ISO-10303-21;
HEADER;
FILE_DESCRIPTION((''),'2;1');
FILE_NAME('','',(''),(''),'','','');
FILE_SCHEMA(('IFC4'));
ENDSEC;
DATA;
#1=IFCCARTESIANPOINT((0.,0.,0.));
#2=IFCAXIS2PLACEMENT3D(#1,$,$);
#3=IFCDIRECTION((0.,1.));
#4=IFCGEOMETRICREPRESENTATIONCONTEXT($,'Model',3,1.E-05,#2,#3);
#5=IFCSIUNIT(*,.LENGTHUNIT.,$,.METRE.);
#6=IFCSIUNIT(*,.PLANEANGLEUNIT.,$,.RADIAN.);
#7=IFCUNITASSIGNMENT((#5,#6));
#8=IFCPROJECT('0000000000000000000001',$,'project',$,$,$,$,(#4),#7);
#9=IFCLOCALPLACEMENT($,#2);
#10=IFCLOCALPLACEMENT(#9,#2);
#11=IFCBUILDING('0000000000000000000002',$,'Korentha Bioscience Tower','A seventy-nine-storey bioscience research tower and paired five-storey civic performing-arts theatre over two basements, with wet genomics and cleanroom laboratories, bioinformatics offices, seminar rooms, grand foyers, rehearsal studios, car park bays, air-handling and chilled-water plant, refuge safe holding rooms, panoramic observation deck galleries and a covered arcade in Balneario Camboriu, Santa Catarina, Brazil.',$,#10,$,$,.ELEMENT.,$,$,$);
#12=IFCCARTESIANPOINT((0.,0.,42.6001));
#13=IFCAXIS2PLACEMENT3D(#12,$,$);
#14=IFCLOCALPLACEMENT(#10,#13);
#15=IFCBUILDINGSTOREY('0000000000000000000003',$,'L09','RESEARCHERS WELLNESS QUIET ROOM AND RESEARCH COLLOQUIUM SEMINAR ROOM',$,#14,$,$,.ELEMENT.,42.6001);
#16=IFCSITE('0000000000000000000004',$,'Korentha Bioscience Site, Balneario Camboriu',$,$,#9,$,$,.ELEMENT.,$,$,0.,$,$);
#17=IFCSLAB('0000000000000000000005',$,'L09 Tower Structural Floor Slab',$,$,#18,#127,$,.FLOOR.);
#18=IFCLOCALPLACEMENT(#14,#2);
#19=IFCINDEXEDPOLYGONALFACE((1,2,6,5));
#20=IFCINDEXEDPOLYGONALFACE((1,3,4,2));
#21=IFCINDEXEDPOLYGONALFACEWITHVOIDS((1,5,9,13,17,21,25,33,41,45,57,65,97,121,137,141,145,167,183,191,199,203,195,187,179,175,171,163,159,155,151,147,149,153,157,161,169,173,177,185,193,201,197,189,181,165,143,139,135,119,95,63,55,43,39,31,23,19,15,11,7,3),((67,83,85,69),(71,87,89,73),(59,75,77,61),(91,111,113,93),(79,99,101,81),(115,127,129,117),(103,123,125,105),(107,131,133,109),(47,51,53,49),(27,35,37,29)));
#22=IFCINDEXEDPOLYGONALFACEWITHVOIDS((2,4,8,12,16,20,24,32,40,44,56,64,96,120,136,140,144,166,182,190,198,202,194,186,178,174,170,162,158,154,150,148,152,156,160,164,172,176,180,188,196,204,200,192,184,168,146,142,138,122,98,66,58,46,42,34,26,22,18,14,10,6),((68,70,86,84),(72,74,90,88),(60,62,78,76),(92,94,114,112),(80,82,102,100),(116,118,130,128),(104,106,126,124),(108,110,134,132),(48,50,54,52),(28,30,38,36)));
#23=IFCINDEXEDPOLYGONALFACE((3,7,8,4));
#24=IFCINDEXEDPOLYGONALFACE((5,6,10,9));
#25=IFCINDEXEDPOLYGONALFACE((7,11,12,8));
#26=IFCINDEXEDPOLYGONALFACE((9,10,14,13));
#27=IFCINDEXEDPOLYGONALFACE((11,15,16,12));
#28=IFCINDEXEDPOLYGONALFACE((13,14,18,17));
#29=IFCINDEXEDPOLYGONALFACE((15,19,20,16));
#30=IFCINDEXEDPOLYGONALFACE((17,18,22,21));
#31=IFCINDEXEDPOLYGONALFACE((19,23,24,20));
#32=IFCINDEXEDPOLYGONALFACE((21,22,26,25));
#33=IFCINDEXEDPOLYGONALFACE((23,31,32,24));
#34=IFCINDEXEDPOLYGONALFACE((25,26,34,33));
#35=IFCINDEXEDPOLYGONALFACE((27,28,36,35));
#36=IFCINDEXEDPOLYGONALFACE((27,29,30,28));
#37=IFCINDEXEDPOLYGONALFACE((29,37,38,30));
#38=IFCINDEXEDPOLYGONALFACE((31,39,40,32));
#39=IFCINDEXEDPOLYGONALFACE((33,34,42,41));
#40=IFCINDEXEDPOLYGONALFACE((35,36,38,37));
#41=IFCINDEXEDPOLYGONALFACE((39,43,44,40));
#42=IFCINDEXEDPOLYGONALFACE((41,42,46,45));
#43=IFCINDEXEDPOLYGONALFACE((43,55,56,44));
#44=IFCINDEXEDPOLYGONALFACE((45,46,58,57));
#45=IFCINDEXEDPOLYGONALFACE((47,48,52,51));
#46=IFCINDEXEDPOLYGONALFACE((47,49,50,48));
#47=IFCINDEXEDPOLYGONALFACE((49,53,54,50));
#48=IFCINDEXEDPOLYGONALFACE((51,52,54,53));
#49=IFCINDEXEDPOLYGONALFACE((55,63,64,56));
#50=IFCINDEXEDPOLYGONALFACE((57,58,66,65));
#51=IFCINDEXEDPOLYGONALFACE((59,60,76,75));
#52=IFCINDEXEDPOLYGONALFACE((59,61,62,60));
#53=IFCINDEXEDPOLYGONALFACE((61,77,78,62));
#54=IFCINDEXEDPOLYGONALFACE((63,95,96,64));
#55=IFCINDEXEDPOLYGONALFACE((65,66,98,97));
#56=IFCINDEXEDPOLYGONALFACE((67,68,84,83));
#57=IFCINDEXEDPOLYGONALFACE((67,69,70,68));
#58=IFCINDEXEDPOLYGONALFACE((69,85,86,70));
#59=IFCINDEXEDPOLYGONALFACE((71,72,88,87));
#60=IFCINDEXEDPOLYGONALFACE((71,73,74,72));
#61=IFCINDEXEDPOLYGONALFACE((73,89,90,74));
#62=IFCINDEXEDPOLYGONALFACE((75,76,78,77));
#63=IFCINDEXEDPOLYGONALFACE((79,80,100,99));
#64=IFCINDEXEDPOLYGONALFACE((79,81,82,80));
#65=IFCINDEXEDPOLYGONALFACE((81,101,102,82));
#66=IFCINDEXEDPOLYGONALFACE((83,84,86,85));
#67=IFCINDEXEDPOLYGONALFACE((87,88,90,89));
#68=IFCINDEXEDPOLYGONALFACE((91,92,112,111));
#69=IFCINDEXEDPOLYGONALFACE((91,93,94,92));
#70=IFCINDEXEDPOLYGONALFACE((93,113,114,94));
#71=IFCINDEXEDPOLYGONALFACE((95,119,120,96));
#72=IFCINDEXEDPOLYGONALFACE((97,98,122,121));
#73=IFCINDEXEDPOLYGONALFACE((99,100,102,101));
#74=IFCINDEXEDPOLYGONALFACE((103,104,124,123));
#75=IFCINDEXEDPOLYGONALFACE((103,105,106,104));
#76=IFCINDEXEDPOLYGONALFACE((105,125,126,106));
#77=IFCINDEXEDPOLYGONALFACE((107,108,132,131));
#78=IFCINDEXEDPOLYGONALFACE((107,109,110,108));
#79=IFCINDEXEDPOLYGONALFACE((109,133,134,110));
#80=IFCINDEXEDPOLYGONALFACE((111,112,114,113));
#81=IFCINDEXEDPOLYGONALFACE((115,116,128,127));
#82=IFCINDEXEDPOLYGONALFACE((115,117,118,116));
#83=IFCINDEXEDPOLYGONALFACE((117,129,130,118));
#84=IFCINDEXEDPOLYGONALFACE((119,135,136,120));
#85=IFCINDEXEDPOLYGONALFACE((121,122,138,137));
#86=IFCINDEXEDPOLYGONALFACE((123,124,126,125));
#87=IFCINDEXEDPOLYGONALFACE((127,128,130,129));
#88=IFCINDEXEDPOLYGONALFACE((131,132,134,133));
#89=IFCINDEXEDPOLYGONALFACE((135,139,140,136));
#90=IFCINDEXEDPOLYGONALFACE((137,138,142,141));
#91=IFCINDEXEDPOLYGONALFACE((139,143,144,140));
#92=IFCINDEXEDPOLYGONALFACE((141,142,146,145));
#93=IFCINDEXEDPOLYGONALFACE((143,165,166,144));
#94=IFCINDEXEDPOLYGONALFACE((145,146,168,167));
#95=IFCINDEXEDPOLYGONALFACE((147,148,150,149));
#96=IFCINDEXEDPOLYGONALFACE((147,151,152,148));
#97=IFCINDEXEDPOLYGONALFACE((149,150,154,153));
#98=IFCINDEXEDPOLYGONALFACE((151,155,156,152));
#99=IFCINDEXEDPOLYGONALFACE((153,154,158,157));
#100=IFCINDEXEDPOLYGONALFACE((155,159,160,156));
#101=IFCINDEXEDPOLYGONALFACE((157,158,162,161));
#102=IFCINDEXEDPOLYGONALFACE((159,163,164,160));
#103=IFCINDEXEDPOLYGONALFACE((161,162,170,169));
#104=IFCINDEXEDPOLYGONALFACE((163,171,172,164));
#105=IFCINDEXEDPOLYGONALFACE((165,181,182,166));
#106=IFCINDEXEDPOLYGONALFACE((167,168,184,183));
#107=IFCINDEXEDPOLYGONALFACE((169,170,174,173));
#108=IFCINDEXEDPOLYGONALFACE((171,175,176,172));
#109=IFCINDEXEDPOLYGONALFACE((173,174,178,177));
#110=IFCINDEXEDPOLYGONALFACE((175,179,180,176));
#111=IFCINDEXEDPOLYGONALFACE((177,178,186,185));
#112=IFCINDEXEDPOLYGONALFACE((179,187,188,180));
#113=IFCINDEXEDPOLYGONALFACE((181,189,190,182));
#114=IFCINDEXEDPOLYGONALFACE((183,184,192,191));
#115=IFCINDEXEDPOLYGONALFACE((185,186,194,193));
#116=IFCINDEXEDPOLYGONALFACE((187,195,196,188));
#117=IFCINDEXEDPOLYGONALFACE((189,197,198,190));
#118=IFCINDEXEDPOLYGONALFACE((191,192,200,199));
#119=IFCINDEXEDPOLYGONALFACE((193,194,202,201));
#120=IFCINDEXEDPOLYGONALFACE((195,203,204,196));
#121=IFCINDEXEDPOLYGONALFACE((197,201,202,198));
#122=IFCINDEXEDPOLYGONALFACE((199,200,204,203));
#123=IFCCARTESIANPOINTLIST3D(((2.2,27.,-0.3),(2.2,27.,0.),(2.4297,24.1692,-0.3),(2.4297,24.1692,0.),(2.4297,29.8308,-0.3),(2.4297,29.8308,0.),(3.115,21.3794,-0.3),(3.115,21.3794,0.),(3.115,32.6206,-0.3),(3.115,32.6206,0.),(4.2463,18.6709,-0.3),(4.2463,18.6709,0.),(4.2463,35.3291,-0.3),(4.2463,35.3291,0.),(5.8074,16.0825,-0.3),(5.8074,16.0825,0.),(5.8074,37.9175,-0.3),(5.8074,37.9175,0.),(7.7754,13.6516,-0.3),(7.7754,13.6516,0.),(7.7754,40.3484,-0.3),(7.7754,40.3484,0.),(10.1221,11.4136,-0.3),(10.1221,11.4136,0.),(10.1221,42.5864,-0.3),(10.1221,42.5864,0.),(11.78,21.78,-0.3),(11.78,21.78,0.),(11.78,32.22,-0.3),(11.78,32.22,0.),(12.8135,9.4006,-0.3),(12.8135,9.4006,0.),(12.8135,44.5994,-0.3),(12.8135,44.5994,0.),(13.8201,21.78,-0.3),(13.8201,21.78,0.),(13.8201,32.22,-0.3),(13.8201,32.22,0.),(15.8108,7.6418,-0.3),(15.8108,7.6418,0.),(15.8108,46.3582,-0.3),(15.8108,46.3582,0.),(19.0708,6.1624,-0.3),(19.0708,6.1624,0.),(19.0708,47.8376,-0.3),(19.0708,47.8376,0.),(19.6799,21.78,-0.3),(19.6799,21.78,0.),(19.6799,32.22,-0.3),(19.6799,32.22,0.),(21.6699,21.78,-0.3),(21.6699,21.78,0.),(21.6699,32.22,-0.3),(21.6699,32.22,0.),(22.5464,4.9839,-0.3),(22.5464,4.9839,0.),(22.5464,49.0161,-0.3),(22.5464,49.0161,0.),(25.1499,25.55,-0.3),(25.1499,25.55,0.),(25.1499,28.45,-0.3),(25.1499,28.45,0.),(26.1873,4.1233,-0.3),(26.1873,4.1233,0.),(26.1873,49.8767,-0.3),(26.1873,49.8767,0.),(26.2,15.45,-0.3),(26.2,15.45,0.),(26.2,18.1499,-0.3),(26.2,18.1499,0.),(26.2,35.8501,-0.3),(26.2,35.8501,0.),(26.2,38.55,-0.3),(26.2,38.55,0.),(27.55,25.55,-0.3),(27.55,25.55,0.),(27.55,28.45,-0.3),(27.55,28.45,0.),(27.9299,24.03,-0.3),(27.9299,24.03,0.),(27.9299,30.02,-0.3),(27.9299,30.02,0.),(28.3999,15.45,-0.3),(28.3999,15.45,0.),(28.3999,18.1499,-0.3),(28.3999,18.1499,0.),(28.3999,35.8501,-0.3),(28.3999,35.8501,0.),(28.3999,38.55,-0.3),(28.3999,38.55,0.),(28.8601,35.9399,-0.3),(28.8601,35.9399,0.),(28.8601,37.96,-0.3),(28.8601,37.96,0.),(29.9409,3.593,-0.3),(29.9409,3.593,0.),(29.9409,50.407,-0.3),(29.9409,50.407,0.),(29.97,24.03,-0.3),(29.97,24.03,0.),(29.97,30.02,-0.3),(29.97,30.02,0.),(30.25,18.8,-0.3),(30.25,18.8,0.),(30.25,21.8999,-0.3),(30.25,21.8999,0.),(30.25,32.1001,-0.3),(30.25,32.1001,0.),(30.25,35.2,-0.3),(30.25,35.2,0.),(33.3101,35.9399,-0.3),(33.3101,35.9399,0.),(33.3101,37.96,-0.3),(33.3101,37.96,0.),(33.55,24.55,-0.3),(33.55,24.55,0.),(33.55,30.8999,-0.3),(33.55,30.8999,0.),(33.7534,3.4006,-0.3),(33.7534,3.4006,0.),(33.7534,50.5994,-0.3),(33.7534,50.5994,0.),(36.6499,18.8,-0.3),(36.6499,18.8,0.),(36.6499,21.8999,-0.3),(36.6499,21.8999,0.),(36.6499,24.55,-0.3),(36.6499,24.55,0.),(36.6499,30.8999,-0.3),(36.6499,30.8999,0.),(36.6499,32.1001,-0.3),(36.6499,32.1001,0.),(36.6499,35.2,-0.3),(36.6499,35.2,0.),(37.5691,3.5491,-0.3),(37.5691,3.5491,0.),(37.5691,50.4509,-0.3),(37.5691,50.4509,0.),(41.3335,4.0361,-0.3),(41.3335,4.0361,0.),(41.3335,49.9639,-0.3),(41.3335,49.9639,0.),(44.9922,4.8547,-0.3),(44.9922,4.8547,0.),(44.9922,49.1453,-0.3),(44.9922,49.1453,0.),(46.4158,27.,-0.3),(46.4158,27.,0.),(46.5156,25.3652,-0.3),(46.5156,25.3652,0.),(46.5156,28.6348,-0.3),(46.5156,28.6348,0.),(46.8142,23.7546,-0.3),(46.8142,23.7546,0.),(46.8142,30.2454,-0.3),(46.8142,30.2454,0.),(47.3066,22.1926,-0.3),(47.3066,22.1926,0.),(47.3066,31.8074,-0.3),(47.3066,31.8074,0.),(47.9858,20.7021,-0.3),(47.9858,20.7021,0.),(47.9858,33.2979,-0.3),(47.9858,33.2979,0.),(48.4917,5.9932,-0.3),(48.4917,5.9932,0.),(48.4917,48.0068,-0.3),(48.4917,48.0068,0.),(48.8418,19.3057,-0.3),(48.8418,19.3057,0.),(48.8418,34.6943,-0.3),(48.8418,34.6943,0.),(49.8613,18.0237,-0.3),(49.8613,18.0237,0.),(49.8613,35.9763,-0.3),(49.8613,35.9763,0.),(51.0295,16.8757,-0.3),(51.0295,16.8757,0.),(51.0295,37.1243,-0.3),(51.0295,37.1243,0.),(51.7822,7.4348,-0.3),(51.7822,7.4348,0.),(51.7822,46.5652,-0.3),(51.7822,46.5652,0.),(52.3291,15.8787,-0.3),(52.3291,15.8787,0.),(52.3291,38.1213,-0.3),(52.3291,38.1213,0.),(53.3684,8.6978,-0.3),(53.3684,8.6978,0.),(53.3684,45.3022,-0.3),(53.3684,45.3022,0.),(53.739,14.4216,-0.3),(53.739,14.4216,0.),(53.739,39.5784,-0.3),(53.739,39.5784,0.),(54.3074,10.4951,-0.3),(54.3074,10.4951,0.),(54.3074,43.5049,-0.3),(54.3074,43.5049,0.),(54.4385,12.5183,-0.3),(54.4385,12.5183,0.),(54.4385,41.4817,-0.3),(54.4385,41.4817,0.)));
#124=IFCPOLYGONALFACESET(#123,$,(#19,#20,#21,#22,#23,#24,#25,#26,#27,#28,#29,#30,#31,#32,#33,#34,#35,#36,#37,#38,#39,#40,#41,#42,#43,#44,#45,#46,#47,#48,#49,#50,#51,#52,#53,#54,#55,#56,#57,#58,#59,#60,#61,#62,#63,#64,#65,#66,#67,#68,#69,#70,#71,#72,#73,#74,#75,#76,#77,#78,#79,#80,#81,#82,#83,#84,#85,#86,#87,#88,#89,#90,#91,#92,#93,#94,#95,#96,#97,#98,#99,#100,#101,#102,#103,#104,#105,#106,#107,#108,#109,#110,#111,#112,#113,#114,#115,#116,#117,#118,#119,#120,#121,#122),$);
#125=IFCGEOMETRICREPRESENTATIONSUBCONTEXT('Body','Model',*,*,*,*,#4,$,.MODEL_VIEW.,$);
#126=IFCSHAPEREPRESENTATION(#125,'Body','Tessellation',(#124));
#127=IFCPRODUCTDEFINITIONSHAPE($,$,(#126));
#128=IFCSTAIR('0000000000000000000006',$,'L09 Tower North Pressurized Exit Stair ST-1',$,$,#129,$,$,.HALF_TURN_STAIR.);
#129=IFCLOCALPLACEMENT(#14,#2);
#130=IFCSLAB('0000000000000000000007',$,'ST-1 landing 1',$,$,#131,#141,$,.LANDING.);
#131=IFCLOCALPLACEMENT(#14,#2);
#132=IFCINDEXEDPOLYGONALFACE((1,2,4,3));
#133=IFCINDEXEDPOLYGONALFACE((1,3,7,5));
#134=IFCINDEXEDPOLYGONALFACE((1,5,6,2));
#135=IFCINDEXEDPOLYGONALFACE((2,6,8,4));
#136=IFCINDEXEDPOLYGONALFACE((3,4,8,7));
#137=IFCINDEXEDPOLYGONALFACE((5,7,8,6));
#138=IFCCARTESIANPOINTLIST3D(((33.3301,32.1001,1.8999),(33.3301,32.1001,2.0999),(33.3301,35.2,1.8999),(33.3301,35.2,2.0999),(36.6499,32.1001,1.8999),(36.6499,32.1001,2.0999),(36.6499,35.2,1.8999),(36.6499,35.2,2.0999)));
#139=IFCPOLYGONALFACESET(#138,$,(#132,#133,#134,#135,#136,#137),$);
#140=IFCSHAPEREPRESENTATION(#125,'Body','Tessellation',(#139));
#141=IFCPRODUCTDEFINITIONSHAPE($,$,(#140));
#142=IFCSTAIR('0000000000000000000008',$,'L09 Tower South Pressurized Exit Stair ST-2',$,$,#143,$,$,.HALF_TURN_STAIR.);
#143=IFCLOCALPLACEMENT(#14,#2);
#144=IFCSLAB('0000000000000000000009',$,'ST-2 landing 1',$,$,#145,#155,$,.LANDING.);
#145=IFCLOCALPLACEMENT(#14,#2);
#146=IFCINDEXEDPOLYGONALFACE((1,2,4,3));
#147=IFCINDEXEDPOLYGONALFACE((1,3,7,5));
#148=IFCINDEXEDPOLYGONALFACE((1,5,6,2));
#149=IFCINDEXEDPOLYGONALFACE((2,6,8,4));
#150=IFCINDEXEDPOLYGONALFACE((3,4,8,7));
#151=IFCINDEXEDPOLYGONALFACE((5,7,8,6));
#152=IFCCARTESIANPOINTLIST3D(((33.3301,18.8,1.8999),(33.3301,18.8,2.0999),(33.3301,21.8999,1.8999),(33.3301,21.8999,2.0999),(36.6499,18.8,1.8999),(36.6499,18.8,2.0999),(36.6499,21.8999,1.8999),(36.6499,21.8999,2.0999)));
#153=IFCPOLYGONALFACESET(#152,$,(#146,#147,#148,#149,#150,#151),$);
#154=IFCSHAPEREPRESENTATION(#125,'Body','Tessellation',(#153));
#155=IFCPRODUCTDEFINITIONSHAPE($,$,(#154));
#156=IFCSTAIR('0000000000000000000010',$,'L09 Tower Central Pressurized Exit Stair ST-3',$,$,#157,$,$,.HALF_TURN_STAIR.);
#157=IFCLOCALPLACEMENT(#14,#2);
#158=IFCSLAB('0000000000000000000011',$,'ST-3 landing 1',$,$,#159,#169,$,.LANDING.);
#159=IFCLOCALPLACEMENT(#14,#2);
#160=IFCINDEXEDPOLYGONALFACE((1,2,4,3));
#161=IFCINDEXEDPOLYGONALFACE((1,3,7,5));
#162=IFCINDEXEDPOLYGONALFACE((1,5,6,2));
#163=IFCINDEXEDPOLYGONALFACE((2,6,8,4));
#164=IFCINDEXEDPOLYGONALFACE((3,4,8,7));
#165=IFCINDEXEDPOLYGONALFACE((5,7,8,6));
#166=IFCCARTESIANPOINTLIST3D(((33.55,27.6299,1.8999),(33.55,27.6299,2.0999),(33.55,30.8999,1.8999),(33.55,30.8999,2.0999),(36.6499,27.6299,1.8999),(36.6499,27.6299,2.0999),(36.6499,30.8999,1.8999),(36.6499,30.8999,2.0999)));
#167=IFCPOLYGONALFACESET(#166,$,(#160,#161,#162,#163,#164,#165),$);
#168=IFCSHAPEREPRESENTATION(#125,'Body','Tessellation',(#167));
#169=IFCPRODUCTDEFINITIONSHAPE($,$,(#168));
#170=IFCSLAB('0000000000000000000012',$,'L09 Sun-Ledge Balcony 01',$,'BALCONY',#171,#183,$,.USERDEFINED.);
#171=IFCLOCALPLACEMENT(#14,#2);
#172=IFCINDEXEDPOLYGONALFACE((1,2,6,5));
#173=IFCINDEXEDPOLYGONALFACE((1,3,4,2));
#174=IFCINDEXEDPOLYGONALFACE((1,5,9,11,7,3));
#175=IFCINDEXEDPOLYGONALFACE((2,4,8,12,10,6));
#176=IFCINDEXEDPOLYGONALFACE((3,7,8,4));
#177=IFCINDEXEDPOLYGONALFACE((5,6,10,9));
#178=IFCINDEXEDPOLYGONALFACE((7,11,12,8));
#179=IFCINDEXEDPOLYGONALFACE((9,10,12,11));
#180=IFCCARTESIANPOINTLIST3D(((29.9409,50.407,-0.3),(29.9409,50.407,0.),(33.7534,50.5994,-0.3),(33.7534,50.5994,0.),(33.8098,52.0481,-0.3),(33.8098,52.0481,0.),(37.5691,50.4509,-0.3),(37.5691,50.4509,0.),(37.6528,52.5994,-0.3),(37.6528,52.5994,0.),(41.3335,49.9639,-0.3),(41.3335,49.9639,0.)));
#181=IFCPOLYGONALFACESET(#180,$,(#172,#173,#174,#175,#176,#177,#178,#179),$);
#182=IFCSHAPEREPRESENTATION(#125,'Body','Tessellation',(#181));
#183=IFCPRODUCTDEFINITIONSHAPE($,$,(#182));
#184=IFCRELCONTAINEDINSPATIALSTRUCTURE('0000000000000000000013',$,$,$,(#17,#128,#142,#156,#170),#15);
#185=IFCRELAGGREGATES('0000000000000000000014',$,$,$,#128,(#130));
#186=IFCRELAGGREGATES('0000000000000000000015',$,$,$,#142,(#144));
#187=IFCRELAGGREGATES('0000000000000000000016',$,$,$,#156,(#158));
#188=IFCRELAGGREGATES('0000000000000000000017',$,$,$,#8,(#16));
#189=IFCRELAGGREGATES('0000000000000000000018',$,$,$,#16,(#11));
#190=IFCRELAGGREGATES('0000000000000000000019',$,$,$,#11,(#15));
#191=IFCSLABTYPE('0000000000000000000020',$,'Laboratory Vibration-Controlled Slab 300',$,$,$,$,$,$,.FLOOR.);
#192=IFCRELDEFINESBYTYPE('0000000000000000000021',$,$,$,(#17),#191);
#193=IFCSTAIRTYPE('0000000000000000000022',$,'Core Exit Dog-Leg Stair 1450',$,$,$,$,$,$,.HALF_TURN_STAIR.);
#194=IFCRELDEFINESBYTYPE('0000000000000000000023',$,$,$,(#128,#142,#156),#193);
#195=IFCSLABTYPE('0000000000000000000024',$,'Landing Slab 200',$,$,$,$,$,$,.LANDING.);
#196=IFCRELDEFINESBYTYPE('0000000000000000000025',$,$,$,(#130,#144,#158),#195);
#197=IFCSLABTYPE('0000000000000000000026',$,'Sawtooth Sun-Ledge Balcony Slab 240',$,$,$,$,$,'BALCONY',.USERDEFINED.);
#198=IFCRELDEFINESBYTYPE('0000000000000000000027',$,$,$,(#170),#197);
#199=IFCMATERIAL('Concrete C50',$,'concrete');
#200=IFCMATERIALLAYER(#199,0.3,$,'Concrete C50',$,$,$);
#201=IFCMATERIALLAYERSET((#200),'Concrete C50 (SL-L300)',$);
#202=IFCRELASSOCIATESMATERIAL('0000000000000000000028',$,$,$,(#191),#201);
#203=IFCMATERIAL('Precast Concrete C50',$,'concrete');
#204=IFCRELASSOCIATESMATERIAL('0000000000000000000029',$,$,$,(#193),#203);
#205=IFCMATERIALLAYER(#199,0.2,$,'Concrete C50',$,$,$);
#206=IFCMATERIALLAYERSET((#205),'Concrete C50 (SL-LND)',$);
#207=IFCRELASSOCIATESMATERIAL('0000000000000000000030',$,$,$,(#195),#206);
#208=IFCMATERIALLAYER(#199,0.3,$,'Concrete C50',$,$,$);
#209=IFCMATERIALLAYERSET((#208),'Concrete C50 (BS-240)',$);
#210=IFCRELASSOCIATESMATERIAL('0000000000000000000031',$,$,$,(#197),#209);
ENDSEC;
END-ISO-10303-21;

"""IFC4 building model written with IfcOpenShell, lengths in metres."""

from ifc_helpers import new_model, si_unit, direction, frame, origin, place, context, subcontext, project, spatial, polyline, outline, extrude, material, layer, layer_set, type_object, element, aggregate, save


model = new_model("IFC4")

# Units and contexts
model_context = context("Model", 3, precision=1e-05, world=origin(), true_north=direction((0.0, 1.0)))
body_context = subcontext(model_context, "Body", "Model", "MODEL_VIEW")
ifc_project = project(units=[si_unit("LENGTHUNIT", "METRE"), si_unit("PLANEANGLEUNIT", "RADIAN")], contexts=[model_context])

# Site, building, storey
site_placement = place(None, origin())
site = spatial("IfcSite", under=ifc_project, at=site_placement, Name="Korentha Bioscience Site, Balneario Camboriu", CompositionType="ELEMENT", RefElevation=0.0)
building_placement = place(site_placement, origin())
building = spatial("IfcBuilding", under=site, at=building_placement, Name="Korentha Bioscience Tower", Description="A seventy-nine-storey bioscience research tower and paired five-storey civic performing-arts theatre over two basements, with wet genomics and cleanroom laboratories, bioinformatics offices, seminar rooms, grand foyers, rehearsal studios, car park bays, air-handling and chilled-water plant, refuge safe holding rooms, panoramic observation deck galleries and a covered arcade in Balneario Camboriu, Santa Catarina, Brazil.", CompositionType="ELEMENT")
storey_placement = place(building_placement, frame((0.0, 0.0, 42.6001)))
storey = spatial("IfcBuildingStorey", under=building, at=storey_placement, Name="L09", Description="RESEARCHERS WELLNESS QUIET ROOM AND RESEARCH COLLOQUIUM SEMINAR ROOM", CompositionType="ELEMENT", Elevation=42.6001)

# Slab
ifc_material_1 = material(Name="Concrete C50", Category="concrete")
ifc_layer_1 = layer(ifc_material_1, 0.3, Name="Concrete C50")
ifc_layer_set_1 = layer_set([ifc_layer_1], Name="Concrete C50 (SL-L300)")
slab_type_1 = type_object("IfcSlabType", Name="Laboratory Vibration-Controlled Slab 300", PredefinedType="FLOOR", material=ifc_layer_set_1)
slab_1_placement = place(storey_placement, frame((0.0, 0.0, -0.3)))
element("IfcSlab", 1, at=slab_1_placement, inside=storey, type_object=slab_type_1, Name="L09 Tower Structural Floor Slab", PredefinedType="FLOOR", context=body_context, shape_type="SweptSolid", body=[
    extrude(outline(polyline([(51.7822, 46.5652), (48.4917, 48.0068), (44.9922, 49.1453), (41.3335, 49.9639), (37.5691, 50.4509), (33.7534, 50.5994), (29.9409, 50.407), (26.1873, 49.8767), (22.5464, 49.0161), (19.0708, 47.8376), (15.8108, 46.3582), (12.8135, 44.5994), (10.1221, 42.5864), (7.7754, 40.3484), (5.8074, 37.9175), (4.2463, 35.3291), (3.115, 32.6206), (2.4297, 29.8308), (2.2, 27.0), (2.4297, 24.1692), (3.115, 21.3794), (4.2463, 18.6709), (5.8074, 16.0825), (7.7754, 13.6516), (10.1221, 11.4136), (12.8135, 9.4006), (15.8108, 7.6418), (19.0708, 6.1624), (22.5464, 4.9839), (26.1873, 4.1233), (29.9409, 3.593), (33.7534, 3.4006), (37.5691, 3.5491), (41.3335, 4.0361), (44.9922, 4.8547), (48.4917, 5.9932), (51.7822, 7.4348), (53.3684, 8.6978), (54.3074, 10.4951), (54.4385, 12.5183), (53.739, 14.4216), (52.3291, 15.8787), (51.0295, 16.8757), (49.8613, 18.0237), (48.8418, 19.3057), (47.9858, 20.7021), (47.3066, 22.1926), (46.8142, 23.7546), (46.5156, 25.3652), (46.4158, 27.0), (46.5156, 28.6348), (46.8142, 30.2454), (47.3066, 31.8074), (47.9858, 33.2979), (48.8418, 34.6943), (49.8613, 35.9763), (51.0295, 37.1243), (52.3291, 38.1213), (53.739, 39.5784), (54.4385, 41.4817), (54.3074, 43.5049), (53.3684, 45.3022), (51.7822, 46.5652)]), holes=[polyline([(30.25, 32.1001), (36.6499, 32.1001), (36.6499, 35.2), (30.25, 35.2), (30.25, 32.1001)]), polyline([(30.25, 18.8), (36.6499, 18.8), (36.6499, 21.8999), (30.25, 21.8999), (30.25, 18.8)]), polyline([(36.6499, 24.55), (36.6499, 30.8999), (33.55, 30.8999), (33.55, 24.55), (36.6499, 24.55)]), polyline([(11.78, 21.78), (13.8201, 21.78), (13.8201, 32.22), (11.78, 32.22), (11.78, 21.78)]), polyline([(19.6799, 21.78), (21.6699, 21.78), (21.6699, 32.22), (19.6799, 32.22), (19.6799, 21.78)]), polyline([(27.9299, 24.03), (29.97, 24.03), (29.97, 30.02), (27.9299, 30.02), (27.9299, 24.03)]), polyline([(28.8601, 35.9399), (33.3101, 35.9399), (33.3101, 37.96), (28.8601, 37.96), (28.8601, 35.9399)]), polyline([(26.2, 15.45), (28.3999, 15.45), (28.3999, 18.1499), (26.2, 18.1499), (26.2, 15.45)]), polyline([(26.2, 35.8501), (28.3999, 35.8501), (28.3999, 38.55), (26.2, 38.55), (26.2, 35.8501)]), polyline([(25.1499, 25.55), (27.55, 25.55), (27.55, 28.45), (25.1499, 28.45), (25.1499, 25.55)])]), origin(), (0.0, 0.0, 1.0), 0.3),
])

# Stairs, slabs
ifc_material_2 = material(Name="Precast Concrete C50", Category="concrete")
stair_type = type_object("IfcStairType", Name="Core Exit Dog-Leg Stair 1450", PredefinedType="HALF_TURN_STAIR", material=ifc_material_2)
stair_1_placement = place(storey_placement, origin())
stair_1 = element("IfcStair", 2, at=stair_1_placement, inside=storey, type_object=stair_type, Name="L09 Tower North Pressurized Exit Stair ST-1", PredefinedType="HALF_TURN_STAIR")
ifc_layer_2 = layer(ifc_material_1, 0.2, Name="Concrete C50")
ifc_layer_set_2 = layer_set([ifc_layer_2], Name="Concrete C50 (SL-LND)")
slab_type_2 = type_object("IfcSlabType", Name="Landing Slab 200", PredefinedType="LANDING", material=ifc_layer_set_2)
slab_2_placement = place(storey_placement, frame((0.0, 0.0, 1.8999)))
slab_2 = element("IfcSlab", 3, at=slab_2_placement, type_object=slab_type_2, Name="ST-1 landing 1", PredefinedType="LANDING", context=body_context, shape_type="SweptSolid", body=[
    extrude(outline(polyline([(33.3301, 32.1001), (36.6499, 32.1001), (36.6499, 35.2), (33.3301, 35.2), (33.3301, 32.1001)])), origin(), (0.0, 0.0, 1.0), 0.2),
])
aggregate(stair_1, [slab_2])
stair_2_placement = place(storey_placement, origin())
stair_2 = element("IfcStair", 4, at=stair_2_placement, inside=storey, type_object=stair_type, Name="L09 Tower South Pressurized Exit Stair ST-2", PredefinedType="HALF_TURN_STAIR")
slab_3_placement = place(storey_placement, frame((0.0, 0.0, 1.8999)))
slab_3 = element("IfcSlab", 5, at=slab_3_placement, type_object=slab_type_2, Name="ST-2 landing 1", PredefinedType="LANDING", context=body_context, shape_type="SweptSolid", body=[
    extrude(outline(polyline([(33.3301, 18.8), (36.6499, 18.8), (36.6499, 21.8999), (33.3301, 21.8999), (33.3301, 18.8)])), origin(), (0.0, 0.0, 1.0), 0.2),
])
aggregate(stair_2, [slab_3])
stair_3_placement = place(storey_placement, origin())
stair_3 = element("IfcStair", 6, at=stair_3_placement, inside=storey, type_object=stair_type, Name="L09 Tower Central Pressurized Exit Stair ST-3", PredefinedType="HALF_TURN_STAIR")
slab_4_placement = place(storey_placement, frame((0.0, 0.0, 1.8999)))
slab_4 = element("IfcSlab", 7, at=slab_4_placement, type_object=slab_type_2, Name="ST-3 landing 1", PredefinedType="LANDING", context=body_context, shape_type="SweptSolid", body=[
    extrude(outline(polyline([(36.6499, 27.6299), (36.6499, 30.8999), (33.55, 30.8999), (33.55, 27.6299), (36.6499, 27.6299)])), origin(), (0.0, 0.0, 1.0), 0.2),
])
aggregate(stair_3, [slab_4])

# Slab
ifc_layer_3 = layer(ifc_material_1, 0.3, Name="Concrete C50")
ifc_layer_set_3 = layer_set([ifc_layer_3], Name="Concrete C50 (BS-240)")
slab_type_3 = type_object("IfcSlabType", Name="Sawtooth Sun-Ledge Balcony Slab 240", ElementType="BALCONY", PredefinedType="USERDEFINED", material=ifc_layer_set_3)
slab_5_placement = place(storey_placement, frame((0.0, 0.0, -0.3)))
element("IfcSlab", 8, at=slab_5_placement, inside=storey, type_object=slab_type_3, Name="L09 Sun-Ledge Balcony 01", ObjectType="BALCONY", PredefinedType="USERDEFINED", context=body_context, shape_type="SweptSolid", body=[
    extrude(outline(polyline([(29.9409, 50.407), (33.7534, 50.5994), (37.5691, 50.4509), (41.3335, 49.9639), (37.6528, 52.5994), (33.8098, 52.0481), (29.9409, 50.407)])), origin(), (0.0, 0.0, 1.0), 0.3),
])

save(model, "model.ifc")
